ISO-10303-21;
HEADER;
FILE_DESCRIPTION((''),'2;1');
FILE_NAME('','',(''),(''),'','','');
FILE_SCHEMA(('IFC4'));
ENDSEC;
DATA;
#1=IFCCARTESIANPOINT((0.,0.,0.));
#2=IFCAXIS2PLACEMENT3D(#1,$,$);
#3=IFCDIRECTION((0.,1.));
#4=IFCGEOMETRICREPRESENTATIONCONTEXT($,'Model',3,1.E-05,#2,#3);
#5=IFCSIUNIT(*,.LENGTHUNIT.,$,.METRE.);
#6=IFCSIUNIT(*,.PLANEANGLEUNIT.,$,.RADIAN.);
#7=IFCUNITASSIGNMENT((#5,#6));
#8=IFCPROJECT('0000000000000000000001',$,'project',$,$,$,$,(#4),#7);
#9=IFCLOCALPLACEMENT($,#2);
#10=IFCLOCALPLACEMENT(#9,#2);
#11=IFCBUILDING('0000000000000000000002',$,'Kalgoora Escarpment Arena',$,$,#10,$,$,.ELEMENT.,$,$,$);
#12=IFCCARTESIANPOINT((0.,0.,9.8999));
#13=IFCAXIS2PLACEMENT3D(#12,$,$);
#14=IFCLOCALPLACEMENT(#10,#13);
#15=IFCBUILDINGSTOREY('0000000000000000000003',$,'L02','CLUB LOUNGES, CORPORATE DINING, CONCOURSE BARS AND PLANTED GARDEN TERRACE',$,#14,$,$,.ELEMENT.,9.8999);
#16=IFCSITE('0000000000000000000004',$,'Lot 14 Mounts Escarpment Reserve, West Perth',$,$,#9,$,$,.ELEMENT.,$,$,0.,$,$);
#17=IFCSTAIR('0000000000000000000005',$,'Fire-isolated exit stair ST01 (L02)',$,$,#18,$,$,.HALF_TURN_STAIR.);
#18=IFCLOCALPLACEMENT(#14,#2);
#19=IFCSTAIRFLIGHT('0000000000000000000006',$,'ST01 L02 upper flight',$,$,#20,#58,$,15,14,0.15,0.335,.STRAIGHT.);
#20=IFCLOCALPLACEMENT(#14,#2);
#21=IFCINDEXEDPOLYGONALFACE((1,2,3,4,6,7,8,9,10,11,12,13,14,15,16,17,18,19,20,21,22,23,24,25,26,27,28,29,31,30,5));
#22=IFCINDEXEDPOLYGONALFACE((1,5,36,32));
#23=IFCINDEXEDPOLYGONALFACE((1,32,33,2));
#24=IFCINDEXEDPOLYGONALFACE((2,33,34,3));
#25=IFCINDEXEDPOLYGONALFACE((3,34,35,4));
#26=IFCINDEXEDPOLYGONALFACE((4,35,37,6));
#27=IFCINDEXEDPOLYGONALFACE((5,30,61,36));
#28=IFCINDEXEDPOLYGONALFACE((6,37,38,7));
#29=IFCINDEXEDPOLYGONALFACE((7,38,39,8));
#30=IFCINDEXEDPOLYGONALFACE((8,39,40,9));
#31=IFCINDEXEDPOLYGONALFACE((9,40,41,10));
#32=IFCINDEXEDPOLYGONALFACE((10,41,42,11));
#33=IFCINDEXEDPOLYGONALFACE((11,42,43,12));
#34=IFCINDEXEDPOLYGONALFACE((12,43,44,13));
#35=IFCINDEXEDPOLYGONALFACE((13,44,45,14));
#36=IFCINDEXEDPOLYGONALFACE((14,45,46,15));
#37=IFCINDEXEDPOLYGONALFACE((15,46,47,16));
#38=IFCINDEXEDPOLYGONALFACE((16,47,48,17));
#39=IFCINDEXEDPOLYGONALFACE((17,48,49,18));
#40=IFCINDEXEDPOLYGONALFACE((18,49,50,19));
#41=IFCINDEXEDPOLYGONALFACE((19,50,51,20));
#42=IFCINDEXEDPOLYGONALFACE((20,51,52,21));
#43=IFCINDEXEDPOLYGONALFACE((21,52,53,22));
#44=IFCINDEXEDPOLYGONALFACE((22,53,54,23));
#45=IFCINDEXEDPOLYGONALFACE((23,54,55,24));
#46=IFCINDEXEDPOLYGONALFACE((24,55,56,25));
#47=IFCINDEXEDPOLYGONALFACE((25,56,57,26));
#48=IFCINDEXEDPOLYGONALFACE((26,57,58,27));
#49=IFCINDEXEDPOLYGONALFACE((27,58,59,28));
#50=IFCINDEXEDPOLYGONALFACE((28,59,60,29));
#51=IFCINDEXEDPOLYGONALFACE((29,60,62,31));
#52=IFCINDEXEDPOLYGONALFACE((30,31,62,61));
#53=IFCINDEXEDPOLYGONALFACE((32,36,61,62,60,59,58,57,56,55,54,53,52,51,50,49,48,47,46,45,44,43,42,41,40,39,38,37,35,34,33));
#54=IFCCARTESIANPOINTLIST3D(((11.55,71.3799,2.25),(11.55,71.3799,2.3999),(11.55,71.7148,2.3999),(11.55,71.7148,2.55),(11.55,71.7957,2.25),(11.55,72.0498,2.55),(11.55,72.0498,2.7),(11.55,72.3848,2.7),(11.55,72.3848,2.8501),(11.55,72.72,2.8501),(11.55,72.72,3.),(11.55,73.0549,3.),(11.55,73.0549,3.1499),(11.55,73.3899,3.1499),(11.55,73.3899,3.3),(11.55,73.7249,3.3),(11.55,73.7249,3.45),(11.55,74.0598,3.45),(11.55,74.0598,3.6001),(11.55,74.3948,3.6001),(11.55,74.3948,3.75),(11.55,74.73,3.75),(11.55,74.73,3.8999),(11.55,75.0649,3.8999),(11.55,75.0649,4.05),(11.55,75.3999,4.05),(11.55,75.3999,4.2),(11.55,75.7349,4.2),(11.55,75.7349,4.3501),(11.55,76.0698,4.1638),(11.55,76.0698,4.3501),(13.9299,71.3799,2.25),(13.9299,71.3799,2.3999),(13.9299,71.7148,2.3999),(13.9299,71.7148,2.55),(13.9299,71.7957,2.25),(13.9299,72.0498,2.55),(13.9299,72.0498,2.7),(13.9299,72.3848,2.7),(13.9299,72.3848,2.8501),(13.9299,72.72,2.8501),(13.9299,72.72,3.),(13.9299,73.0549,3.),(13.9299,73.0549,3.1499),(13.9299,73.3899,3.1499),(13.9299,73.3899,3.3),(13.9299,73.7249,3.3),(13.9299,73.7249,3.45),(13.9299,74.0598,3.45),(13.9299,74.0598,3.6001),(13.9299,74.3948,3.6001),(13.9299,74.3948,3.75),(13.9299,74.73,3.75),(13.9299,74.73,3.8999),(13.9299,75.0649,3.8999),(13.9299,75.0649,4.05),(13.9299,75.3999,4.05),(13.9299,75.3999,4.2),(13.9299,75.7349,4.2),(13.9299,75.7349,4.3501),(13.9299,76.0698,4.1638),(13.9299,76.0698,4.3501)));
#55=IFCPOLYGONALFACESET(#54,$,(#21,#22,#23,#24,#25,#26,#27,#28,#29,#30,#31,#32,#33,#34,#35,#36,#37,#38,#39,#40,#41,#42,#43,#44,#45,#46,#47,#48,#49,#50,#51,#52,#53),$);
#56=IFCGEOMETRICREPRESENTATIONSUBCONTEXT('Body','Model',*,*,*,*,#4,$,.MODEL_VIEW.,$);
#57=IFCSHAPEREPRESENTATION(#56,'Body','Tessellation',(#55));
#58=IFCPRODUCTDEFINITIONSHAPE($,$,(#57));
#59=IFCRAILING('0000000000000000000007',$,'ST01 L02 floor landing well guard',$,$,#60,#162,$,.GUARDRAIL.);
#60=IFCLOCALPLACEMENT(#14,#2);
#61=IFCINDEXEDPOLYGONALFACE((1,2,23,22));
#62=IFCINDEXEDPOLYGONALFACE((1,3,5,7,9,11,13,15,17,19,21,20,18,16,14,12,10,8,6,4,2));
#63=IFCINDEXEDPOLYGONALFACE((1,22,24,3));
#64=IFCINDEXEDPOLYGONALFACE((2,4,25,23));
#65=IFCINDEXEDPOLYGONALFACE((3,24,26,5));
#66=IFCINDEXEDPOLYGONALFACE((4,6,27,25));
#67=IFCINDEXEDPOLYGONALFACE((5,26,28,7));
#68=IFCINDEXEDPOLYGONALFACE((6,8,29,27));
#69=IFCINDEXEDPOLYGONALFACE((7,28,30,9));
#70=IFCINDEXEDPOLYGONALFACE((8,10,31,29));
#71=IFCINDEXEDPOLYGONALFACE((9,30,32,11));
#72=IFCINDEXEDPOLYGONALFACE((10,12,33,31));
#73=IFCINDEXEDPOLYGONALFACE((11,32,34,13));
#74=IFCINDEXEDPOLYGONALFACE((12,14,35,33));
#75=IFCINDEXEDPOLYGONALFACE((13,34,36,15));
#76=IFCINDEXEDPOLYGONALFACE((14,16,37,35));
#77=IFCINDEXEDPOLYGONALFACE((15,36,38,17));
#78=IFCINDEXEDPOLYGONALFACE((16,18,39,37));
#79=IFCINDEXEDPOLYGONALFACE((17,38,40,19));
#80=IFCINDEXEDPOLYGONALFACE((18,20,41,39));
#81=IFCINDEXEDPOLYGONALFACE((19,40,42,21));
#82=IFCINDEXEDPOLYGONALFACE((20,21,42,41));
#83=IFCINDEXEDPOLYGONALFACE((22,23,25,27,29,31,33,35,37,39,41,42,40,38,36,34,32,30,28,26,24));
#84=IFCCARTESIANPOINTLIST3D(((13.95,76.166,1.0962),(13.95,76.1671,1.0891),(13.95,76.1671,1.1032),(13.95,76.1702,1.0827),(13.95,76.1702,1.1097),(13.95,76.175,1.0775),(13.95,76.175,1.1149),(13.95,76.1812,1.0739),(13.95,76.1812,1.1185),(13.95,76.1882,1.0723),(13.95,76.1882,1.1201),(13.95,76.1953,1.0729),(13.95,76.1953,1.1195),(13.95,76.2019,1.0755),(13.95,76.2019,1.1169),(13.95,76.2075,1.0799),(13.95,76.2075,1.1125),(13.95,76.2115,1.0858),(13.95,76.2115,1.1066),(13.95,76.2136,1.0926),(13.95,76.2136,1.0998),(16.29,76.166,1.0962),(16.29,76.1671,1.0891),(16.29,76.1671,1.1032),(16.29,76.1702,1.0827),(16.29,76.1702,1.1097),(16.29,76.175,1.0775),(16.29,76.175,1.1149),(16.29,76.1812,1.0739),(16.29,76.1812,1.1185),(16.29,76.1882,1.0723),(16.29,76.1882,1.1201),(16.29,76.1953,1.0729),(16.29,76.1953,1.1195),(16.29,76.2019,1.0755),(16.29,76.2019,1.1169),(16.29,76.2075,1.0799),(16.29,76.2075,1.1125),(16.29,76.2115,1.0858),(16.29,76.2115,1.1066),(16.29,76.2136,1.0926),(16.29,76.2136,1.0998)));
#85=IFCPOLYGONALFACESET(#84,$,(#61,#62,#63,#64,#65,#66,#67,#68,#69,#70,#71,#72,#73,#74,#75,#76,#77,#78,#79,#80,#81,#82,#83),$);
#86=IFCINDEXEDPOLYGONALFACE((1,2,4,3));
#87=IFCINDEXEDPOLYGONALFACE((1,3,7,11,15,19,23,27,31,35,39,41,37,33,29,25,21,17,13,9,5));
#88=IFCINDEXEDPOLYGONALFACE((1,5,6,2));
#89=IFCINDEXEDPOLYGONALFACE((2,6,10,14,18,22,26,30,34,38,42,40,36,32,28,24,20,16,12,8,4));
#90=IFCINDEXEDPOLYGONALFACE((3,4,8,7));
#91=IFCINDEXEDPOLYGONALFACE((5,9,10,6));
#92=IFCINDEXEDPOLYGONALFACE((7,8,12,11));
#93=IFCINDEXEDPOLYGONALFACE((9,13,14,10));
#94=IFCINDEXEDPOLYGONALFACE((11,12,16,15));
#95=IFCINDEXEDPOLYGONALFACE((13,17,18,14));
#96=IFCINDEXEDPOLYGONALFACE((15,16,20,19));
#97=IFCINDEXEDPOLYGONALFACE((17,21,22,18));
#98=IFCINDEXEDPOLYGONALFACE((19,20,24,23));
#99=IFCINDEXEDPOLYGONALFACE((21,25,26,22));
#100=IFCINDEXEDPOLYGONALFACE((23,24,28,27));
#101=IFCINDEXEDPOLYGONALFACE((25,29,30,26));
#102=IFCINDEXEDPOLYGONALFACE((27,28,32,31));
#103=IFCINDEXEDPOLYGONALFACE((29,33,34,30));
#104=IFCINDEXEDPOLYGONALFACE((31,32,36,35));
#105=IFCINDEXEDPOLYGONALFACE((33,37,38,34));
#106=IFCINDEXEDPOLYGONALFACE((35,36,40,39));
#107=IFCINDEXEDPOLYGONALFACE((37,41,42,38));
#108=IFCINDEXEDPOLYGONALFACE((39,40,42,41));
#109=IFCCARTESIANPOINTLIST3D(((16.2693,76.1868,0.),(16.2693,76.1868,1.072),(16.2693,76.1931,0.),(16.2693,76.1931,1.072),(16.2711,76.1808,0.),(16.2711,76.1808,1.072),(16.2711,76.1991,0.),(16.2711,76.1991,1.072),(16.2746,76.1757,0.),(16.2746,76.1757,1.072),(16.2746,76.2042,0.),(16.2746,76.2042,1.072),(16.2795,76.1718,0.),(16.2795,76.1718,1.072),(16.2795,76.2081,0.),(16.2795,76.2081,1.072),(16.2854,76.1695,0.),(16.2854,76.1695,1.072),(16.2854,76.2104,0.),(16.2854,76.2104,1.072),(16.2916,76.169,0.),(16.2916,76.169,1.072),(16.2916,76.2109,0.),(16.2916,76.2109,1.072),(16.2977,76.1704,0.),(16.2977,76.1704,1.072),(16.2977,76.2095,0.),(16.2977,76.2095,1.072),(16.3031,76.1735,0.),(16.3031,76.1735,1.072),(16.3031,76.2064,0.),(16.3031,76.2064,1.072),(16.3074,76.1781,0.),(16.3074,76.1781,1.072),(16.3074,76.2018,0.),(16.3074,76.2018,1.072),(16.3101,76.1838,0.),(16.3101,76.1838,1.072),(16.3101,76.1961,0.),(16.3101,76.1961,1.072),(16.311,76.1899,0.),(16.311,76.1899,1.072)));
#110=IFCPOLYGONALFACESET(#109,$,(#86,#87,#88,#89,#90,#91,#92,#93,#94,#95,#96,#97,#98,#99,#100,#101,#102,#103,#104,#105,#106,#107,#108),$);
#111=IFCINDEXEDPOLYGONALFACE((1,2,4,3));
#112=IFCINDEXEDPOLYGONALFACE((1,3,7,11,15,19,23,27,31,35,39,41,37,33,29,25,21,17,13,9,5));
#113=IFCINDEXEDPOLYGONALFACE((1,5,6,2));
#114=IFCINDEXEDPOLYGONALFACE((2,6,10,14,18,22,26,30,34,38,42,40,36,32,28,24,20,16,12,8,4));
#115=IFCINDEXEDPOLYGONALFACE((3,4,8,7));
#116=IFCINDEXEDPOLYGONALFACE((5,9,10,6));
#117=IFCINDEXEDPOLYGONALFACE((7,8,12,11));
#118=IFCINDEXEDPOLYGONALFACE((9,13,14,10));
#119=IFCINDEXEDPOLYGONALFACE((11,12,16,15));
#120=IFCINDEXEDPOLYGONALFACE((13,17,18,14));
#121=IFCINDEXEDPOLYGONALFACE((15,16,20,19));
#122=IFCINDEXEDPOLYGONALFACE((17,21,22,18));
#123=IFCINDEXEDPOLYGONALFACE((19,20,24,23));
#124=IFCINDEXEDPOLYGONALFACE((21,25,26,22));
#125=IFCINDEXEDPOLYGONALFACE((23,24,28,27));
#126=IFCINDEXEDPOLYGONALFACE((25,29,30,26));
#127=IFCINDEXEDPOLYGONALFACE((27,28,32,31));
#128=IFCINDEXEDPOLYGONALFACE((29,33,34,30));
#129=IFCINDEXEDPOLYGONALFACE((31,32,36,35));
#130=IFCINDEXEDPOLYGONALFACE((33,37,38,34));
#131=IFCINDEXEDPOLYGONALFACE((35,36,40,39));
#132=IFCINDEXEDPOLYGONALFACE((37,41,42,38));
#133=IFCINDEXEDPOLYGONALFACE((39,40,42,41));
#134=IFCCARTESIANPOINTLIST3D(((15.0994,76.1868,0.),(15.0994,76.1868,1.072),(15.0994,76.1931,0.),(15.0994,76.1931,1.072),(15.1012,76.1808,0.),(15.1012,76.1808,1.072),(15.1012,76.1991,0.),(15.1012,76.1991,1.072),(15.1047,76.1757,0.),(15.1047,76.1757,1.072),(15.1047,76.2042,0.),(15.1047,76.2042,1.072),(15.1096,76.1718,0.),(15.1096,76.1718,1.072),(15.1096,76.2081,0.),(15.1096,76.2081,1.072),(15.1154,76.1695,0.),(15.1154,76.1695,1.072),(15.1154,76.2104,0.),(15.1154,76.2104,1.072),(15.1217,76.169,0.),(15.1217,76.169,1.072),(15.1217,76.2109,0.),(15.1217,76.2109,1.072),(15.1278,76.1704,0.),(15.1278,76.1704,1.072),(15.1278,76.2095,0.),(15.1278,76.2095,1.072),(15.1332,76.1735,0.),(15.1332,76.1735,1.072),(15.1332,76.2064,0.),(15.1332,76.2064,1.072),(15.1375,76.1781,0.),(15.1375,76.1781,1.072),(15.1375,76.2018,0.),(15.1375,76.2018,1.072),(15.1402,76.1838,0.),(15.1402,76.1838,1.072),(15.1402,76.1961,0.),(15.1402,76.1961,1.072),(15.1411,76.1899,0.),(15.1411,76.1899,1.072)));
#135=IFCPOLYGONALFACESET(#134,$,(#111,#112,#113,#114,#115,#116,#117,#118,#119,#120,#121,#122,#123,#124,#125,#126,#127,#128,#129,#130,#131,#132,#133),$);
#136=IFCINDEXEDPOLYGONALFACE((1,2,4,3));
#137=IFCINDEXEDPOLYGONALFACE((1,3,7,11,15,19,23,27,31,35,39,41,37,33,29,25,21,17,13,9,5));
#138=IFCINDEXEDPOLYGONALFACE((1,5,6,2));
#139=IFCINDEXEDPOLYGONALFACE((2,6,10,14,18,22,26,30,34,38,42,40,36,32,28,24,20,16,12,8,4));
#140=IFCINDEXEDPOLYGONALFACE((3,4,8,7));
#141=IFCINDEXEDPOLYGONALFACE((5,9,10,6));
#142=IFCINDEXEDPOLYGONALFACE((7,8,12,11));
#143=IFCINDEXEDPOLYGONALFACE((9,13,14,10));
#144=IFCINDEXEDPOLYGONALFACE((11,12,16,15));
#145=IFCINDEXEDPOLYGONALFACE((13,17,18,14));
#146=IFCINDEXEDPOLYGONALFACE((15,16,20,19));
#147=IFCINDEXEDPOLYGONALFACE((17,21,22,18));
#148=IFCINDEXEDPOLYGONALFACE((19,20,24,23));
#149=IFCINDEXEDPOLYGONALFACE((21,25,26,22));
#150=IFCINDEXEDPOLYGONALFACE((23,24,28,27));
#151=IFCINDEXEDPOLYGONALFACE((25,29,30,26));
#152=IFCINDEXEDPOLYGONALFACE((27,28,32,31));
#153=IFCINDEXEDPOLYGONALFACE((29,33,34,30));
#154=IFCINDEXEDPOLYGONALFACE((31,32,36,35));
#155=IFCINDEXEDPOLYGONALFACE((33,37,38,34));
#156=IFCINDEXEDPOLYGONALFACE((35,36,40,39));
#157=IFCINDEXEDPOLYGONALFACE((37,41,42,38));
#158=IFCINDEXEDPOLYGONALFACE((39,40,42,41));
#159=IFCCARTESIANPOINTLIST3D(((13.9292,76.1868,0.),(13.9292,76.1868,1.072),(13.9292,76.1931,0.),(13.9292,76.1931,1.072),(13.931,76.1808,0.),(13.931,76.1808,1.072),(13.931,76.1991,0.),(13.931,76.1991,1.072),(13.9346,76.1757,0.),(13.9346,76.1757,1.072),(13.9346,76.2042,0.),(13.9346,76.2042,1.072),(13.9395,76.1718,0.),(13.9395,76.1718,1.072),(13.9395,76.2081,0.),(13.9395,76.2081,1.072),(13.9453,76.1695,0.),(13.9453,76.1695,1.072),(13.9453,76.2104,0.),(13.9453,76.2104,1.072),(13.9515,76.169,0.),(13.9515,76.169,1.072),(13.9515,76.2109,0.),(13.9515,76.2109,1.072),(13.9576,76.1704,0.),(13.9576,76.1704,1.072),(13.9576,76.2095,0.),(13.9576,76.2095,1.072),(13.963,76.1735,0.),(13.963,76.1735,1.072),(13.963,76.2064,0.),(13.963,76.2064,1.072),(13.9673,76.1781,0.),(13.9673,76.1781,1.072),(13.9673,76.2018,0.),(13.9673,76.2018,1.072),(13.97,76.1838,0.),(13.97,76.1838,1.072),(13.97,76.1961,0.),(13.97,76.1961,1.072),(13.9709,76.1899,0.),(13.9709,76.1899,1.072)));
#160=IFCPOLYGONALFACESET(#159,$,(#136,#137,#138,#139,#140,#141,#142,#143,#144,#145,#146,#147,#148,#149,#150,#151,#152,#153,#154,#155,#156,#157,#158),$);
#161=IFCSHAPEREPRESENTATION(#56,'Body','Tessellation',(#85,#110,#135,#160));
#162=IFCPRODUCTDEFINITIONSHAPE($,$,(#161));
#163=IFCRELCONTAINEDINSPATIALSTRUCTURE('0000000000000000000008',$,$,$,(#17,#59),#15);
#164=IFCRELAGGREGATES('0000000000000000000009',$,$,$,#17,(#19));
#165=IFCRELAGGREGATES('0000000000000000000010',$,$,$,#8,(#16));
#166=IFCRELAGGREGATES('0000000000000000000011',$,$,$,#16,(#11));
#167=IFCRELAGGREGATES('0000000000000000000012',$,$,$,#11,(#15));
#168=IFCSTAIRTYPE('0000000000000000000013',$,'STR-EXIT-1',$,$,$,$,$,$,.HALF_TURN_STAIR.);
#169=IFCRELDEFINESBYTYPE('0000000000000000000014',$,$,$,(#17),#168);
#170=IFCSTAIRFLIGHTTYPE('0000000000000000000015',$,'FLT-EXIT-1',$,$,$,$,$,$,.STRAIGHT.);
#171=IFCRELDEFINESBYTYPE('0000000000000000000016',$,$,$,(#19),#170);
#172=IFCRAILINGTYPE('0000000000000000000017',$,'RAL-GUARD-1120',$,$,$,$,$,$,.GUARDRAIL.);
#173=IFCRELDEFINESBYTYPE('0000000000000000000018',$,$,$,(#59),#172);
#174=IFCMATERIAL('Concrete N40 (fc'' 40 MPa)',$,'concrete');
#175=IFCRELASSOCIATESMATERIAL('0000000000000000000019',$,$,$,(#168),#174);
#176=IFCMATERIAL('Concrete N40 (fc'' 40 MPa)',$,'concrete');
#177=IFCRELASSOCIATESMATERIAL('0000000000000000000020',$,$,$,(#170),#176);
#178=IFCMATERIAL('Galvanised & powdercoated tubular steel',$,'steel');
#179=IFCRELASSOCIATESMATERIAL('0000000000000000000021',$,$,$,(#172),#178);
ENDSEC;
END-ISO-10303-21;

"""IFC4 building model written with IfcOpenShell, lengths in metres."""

from ifc_helpers import new_model, si_unit, direction, frame, origin, origin_2d, place, context, subcontext, project, spatial, polyline, circle, outline, extrude, material, type_object, element, aggregate, save


model = new_model("IFC4")

# Units and contexts
model_context = context("Model", 3, precision=1e-05, world=origin(), true_north=direction((0.0, 1.0)))
body_context = subcontext(model_context, "Body", "Model", "MODEL_VIEW")
ifc_project = project(units=[si_unit("LENGTHUNIT", "METRE"), si_unit("PLANEANGLEUNIT", "RADIAN")], contexts=[model_context])

# Site, building, storey
site_placement = place(None, origin())
site = spatial("IfcSite", under=ifc_project, at=site_placement, Name="Lot 14 Mounts Escarpment Reserve, West Perth", CompositionType="ELEMENT", RefElevation=0.0)
building_placement = place(site_placement, origin())
building = spatial("IfcBuilding", under=site, at=building_placement, Name="Kalgoora Escarpment Arena", CompositionType="ELEMENT")
storey_placement = place(building_placement, frame((0.0, 0.0, 9.8999)))
storey = spatial("IfcBuildingStorey", under=building, at=storey_placement, Name="L02", Description="CLUB LOUNGES, CORPORATE DINING, CONCOURSE BARS AND PLANTED GARDEN TERRACE", CompositionType="ELEMENT", Elevation=9.8999)

# Stair, stair flight
ifc_material_1 = material(Name="Concrete N40 (fc' 40 MPa)", Category="concrete")
stair_type = type_object("IfcStairType", Name="STR-EXIT-1", PredefinedType="HALF_TURN_STAIR", material=ifc_material_1)
stair_placement = place(storey_placement, origin())
stair = element("IfcStair", 1, at=stair_placement, inside=storey, type_object=stair_type, Name="Fire-isolated exit stair ST01 (L02)", PredefinedType="HALF_TURN_STAIR")
ifc_material_2 = material(Name="Concrete N40 (fc' 40 MPa)", Category="concrete")
stair_flight_type = type_object("IfcStairFlightType", Name="FLT-EXIT-1", PredefinedType="STRAIGHT", material=ifc_material_2)
stair_flight_1_placement = place(storey_placement, frame((12.74, 71.3799, 2.25), z_axis=(0.0, 0.0, 1.0), x_axis=(0.0, 1.0, 0.0)))
stair_flight_1 = element("IfcStairFlight", 2, at=stair_flight_1_placement, type_object=stair_flight_type, Name="ST01 L02 upper flight", NumberOfRisers=15, NumberOfTreads=14, PredefinedType="STRAIGHT", RiserHeight=0.15, TreadLength=0.335, context=body_context, shape_type="SweptSolid", body=[
    extrude(outline(polyline([(0.0, 0.0), (0.0, 0.1499), (0.335, 0.1499), (0.335, 0.3), (0.6699, 0.3), (0.6699, 0.45), (1.0049, 0.45), (1.0049, 0.6001), (1.3401, 0.6001), (1.3401, 0.75), (1.675, 0.75), (1.675, 0.8999), (2.01, 0.8999), (2.01, 1.05), (2.345, 1.05), (2.345, 1.2), (2.6799, 1.2), (2.6799, 1.3501), (3.0149, 1.3501), (3.0149, 1.5), (3.3501, 1.5), (3.3501, 1.6499), (3.6851, 1.6499), (3.6851, 1.8), (4.02, 1.8), (4.02, 1.95), (4.355, 1.95), (4.355, 2.1001), (4.6899, 2.1001), (4.6899, 2.25), (4.6899, 1.9138), (0.4158, 0.0), (0.0, 0.0)])), frame((0.0, 1.1899, 0.0), z_axis=(0.0, -1.0, 0.0), x_axis=(1.0, 0.0, 0.0)), (0.0, 0.0, 1.0), 2.3799),
])
aggregate(stair, [stair_flight_1])

# Railing
ifc_material_3 = material(Name="Galvanised & powdercoated tubular steel", Category="steel")
railing_type_1 = type_object("IfcRailingType", Name="RAL-GUARD-1120", PredefinedType="GUARDRAIL", material=ifc_material_3)
railing_placement = place(storey_placement, frame((16.29, 76.1899, 0.0)))
element("IfcRailing", 3, at=railing_placement, inside=storey, type_object=railing_type_1, Name="ST01 L02 floor landing well guard", PredefinedType="GUARDRAIL", context=body_context, shape_type="SweptSolid", body=[
    extrude(circle(Radius=0.0239, at=origin_2d()), frame((0.0, 0.0, 1.0962), z_axis=(-1.0, 0.0, 0.0), x_axis=(0.0, -1.0, 0.0)), (0.0, 0.0, 1.0), 2.3401),
    extrude(circle(Radius=0.021, at=origin_2d()), origin(), (0.0, 0.0, 1.0), 1.072),
    extrude(circle(Radius=0.021, at=origin_2d()), frame((-1.1699, 0.0, 0.0)), (0.0, 0.0, 1.0), 1.072),
    extrude(circle(Radius=0.021, at=origin_2d()), frame((-2.3401, 0.0, 0.0)), (0.0, 0.0, 1.0), 1.072),
])

save(model, "model.ifc")
